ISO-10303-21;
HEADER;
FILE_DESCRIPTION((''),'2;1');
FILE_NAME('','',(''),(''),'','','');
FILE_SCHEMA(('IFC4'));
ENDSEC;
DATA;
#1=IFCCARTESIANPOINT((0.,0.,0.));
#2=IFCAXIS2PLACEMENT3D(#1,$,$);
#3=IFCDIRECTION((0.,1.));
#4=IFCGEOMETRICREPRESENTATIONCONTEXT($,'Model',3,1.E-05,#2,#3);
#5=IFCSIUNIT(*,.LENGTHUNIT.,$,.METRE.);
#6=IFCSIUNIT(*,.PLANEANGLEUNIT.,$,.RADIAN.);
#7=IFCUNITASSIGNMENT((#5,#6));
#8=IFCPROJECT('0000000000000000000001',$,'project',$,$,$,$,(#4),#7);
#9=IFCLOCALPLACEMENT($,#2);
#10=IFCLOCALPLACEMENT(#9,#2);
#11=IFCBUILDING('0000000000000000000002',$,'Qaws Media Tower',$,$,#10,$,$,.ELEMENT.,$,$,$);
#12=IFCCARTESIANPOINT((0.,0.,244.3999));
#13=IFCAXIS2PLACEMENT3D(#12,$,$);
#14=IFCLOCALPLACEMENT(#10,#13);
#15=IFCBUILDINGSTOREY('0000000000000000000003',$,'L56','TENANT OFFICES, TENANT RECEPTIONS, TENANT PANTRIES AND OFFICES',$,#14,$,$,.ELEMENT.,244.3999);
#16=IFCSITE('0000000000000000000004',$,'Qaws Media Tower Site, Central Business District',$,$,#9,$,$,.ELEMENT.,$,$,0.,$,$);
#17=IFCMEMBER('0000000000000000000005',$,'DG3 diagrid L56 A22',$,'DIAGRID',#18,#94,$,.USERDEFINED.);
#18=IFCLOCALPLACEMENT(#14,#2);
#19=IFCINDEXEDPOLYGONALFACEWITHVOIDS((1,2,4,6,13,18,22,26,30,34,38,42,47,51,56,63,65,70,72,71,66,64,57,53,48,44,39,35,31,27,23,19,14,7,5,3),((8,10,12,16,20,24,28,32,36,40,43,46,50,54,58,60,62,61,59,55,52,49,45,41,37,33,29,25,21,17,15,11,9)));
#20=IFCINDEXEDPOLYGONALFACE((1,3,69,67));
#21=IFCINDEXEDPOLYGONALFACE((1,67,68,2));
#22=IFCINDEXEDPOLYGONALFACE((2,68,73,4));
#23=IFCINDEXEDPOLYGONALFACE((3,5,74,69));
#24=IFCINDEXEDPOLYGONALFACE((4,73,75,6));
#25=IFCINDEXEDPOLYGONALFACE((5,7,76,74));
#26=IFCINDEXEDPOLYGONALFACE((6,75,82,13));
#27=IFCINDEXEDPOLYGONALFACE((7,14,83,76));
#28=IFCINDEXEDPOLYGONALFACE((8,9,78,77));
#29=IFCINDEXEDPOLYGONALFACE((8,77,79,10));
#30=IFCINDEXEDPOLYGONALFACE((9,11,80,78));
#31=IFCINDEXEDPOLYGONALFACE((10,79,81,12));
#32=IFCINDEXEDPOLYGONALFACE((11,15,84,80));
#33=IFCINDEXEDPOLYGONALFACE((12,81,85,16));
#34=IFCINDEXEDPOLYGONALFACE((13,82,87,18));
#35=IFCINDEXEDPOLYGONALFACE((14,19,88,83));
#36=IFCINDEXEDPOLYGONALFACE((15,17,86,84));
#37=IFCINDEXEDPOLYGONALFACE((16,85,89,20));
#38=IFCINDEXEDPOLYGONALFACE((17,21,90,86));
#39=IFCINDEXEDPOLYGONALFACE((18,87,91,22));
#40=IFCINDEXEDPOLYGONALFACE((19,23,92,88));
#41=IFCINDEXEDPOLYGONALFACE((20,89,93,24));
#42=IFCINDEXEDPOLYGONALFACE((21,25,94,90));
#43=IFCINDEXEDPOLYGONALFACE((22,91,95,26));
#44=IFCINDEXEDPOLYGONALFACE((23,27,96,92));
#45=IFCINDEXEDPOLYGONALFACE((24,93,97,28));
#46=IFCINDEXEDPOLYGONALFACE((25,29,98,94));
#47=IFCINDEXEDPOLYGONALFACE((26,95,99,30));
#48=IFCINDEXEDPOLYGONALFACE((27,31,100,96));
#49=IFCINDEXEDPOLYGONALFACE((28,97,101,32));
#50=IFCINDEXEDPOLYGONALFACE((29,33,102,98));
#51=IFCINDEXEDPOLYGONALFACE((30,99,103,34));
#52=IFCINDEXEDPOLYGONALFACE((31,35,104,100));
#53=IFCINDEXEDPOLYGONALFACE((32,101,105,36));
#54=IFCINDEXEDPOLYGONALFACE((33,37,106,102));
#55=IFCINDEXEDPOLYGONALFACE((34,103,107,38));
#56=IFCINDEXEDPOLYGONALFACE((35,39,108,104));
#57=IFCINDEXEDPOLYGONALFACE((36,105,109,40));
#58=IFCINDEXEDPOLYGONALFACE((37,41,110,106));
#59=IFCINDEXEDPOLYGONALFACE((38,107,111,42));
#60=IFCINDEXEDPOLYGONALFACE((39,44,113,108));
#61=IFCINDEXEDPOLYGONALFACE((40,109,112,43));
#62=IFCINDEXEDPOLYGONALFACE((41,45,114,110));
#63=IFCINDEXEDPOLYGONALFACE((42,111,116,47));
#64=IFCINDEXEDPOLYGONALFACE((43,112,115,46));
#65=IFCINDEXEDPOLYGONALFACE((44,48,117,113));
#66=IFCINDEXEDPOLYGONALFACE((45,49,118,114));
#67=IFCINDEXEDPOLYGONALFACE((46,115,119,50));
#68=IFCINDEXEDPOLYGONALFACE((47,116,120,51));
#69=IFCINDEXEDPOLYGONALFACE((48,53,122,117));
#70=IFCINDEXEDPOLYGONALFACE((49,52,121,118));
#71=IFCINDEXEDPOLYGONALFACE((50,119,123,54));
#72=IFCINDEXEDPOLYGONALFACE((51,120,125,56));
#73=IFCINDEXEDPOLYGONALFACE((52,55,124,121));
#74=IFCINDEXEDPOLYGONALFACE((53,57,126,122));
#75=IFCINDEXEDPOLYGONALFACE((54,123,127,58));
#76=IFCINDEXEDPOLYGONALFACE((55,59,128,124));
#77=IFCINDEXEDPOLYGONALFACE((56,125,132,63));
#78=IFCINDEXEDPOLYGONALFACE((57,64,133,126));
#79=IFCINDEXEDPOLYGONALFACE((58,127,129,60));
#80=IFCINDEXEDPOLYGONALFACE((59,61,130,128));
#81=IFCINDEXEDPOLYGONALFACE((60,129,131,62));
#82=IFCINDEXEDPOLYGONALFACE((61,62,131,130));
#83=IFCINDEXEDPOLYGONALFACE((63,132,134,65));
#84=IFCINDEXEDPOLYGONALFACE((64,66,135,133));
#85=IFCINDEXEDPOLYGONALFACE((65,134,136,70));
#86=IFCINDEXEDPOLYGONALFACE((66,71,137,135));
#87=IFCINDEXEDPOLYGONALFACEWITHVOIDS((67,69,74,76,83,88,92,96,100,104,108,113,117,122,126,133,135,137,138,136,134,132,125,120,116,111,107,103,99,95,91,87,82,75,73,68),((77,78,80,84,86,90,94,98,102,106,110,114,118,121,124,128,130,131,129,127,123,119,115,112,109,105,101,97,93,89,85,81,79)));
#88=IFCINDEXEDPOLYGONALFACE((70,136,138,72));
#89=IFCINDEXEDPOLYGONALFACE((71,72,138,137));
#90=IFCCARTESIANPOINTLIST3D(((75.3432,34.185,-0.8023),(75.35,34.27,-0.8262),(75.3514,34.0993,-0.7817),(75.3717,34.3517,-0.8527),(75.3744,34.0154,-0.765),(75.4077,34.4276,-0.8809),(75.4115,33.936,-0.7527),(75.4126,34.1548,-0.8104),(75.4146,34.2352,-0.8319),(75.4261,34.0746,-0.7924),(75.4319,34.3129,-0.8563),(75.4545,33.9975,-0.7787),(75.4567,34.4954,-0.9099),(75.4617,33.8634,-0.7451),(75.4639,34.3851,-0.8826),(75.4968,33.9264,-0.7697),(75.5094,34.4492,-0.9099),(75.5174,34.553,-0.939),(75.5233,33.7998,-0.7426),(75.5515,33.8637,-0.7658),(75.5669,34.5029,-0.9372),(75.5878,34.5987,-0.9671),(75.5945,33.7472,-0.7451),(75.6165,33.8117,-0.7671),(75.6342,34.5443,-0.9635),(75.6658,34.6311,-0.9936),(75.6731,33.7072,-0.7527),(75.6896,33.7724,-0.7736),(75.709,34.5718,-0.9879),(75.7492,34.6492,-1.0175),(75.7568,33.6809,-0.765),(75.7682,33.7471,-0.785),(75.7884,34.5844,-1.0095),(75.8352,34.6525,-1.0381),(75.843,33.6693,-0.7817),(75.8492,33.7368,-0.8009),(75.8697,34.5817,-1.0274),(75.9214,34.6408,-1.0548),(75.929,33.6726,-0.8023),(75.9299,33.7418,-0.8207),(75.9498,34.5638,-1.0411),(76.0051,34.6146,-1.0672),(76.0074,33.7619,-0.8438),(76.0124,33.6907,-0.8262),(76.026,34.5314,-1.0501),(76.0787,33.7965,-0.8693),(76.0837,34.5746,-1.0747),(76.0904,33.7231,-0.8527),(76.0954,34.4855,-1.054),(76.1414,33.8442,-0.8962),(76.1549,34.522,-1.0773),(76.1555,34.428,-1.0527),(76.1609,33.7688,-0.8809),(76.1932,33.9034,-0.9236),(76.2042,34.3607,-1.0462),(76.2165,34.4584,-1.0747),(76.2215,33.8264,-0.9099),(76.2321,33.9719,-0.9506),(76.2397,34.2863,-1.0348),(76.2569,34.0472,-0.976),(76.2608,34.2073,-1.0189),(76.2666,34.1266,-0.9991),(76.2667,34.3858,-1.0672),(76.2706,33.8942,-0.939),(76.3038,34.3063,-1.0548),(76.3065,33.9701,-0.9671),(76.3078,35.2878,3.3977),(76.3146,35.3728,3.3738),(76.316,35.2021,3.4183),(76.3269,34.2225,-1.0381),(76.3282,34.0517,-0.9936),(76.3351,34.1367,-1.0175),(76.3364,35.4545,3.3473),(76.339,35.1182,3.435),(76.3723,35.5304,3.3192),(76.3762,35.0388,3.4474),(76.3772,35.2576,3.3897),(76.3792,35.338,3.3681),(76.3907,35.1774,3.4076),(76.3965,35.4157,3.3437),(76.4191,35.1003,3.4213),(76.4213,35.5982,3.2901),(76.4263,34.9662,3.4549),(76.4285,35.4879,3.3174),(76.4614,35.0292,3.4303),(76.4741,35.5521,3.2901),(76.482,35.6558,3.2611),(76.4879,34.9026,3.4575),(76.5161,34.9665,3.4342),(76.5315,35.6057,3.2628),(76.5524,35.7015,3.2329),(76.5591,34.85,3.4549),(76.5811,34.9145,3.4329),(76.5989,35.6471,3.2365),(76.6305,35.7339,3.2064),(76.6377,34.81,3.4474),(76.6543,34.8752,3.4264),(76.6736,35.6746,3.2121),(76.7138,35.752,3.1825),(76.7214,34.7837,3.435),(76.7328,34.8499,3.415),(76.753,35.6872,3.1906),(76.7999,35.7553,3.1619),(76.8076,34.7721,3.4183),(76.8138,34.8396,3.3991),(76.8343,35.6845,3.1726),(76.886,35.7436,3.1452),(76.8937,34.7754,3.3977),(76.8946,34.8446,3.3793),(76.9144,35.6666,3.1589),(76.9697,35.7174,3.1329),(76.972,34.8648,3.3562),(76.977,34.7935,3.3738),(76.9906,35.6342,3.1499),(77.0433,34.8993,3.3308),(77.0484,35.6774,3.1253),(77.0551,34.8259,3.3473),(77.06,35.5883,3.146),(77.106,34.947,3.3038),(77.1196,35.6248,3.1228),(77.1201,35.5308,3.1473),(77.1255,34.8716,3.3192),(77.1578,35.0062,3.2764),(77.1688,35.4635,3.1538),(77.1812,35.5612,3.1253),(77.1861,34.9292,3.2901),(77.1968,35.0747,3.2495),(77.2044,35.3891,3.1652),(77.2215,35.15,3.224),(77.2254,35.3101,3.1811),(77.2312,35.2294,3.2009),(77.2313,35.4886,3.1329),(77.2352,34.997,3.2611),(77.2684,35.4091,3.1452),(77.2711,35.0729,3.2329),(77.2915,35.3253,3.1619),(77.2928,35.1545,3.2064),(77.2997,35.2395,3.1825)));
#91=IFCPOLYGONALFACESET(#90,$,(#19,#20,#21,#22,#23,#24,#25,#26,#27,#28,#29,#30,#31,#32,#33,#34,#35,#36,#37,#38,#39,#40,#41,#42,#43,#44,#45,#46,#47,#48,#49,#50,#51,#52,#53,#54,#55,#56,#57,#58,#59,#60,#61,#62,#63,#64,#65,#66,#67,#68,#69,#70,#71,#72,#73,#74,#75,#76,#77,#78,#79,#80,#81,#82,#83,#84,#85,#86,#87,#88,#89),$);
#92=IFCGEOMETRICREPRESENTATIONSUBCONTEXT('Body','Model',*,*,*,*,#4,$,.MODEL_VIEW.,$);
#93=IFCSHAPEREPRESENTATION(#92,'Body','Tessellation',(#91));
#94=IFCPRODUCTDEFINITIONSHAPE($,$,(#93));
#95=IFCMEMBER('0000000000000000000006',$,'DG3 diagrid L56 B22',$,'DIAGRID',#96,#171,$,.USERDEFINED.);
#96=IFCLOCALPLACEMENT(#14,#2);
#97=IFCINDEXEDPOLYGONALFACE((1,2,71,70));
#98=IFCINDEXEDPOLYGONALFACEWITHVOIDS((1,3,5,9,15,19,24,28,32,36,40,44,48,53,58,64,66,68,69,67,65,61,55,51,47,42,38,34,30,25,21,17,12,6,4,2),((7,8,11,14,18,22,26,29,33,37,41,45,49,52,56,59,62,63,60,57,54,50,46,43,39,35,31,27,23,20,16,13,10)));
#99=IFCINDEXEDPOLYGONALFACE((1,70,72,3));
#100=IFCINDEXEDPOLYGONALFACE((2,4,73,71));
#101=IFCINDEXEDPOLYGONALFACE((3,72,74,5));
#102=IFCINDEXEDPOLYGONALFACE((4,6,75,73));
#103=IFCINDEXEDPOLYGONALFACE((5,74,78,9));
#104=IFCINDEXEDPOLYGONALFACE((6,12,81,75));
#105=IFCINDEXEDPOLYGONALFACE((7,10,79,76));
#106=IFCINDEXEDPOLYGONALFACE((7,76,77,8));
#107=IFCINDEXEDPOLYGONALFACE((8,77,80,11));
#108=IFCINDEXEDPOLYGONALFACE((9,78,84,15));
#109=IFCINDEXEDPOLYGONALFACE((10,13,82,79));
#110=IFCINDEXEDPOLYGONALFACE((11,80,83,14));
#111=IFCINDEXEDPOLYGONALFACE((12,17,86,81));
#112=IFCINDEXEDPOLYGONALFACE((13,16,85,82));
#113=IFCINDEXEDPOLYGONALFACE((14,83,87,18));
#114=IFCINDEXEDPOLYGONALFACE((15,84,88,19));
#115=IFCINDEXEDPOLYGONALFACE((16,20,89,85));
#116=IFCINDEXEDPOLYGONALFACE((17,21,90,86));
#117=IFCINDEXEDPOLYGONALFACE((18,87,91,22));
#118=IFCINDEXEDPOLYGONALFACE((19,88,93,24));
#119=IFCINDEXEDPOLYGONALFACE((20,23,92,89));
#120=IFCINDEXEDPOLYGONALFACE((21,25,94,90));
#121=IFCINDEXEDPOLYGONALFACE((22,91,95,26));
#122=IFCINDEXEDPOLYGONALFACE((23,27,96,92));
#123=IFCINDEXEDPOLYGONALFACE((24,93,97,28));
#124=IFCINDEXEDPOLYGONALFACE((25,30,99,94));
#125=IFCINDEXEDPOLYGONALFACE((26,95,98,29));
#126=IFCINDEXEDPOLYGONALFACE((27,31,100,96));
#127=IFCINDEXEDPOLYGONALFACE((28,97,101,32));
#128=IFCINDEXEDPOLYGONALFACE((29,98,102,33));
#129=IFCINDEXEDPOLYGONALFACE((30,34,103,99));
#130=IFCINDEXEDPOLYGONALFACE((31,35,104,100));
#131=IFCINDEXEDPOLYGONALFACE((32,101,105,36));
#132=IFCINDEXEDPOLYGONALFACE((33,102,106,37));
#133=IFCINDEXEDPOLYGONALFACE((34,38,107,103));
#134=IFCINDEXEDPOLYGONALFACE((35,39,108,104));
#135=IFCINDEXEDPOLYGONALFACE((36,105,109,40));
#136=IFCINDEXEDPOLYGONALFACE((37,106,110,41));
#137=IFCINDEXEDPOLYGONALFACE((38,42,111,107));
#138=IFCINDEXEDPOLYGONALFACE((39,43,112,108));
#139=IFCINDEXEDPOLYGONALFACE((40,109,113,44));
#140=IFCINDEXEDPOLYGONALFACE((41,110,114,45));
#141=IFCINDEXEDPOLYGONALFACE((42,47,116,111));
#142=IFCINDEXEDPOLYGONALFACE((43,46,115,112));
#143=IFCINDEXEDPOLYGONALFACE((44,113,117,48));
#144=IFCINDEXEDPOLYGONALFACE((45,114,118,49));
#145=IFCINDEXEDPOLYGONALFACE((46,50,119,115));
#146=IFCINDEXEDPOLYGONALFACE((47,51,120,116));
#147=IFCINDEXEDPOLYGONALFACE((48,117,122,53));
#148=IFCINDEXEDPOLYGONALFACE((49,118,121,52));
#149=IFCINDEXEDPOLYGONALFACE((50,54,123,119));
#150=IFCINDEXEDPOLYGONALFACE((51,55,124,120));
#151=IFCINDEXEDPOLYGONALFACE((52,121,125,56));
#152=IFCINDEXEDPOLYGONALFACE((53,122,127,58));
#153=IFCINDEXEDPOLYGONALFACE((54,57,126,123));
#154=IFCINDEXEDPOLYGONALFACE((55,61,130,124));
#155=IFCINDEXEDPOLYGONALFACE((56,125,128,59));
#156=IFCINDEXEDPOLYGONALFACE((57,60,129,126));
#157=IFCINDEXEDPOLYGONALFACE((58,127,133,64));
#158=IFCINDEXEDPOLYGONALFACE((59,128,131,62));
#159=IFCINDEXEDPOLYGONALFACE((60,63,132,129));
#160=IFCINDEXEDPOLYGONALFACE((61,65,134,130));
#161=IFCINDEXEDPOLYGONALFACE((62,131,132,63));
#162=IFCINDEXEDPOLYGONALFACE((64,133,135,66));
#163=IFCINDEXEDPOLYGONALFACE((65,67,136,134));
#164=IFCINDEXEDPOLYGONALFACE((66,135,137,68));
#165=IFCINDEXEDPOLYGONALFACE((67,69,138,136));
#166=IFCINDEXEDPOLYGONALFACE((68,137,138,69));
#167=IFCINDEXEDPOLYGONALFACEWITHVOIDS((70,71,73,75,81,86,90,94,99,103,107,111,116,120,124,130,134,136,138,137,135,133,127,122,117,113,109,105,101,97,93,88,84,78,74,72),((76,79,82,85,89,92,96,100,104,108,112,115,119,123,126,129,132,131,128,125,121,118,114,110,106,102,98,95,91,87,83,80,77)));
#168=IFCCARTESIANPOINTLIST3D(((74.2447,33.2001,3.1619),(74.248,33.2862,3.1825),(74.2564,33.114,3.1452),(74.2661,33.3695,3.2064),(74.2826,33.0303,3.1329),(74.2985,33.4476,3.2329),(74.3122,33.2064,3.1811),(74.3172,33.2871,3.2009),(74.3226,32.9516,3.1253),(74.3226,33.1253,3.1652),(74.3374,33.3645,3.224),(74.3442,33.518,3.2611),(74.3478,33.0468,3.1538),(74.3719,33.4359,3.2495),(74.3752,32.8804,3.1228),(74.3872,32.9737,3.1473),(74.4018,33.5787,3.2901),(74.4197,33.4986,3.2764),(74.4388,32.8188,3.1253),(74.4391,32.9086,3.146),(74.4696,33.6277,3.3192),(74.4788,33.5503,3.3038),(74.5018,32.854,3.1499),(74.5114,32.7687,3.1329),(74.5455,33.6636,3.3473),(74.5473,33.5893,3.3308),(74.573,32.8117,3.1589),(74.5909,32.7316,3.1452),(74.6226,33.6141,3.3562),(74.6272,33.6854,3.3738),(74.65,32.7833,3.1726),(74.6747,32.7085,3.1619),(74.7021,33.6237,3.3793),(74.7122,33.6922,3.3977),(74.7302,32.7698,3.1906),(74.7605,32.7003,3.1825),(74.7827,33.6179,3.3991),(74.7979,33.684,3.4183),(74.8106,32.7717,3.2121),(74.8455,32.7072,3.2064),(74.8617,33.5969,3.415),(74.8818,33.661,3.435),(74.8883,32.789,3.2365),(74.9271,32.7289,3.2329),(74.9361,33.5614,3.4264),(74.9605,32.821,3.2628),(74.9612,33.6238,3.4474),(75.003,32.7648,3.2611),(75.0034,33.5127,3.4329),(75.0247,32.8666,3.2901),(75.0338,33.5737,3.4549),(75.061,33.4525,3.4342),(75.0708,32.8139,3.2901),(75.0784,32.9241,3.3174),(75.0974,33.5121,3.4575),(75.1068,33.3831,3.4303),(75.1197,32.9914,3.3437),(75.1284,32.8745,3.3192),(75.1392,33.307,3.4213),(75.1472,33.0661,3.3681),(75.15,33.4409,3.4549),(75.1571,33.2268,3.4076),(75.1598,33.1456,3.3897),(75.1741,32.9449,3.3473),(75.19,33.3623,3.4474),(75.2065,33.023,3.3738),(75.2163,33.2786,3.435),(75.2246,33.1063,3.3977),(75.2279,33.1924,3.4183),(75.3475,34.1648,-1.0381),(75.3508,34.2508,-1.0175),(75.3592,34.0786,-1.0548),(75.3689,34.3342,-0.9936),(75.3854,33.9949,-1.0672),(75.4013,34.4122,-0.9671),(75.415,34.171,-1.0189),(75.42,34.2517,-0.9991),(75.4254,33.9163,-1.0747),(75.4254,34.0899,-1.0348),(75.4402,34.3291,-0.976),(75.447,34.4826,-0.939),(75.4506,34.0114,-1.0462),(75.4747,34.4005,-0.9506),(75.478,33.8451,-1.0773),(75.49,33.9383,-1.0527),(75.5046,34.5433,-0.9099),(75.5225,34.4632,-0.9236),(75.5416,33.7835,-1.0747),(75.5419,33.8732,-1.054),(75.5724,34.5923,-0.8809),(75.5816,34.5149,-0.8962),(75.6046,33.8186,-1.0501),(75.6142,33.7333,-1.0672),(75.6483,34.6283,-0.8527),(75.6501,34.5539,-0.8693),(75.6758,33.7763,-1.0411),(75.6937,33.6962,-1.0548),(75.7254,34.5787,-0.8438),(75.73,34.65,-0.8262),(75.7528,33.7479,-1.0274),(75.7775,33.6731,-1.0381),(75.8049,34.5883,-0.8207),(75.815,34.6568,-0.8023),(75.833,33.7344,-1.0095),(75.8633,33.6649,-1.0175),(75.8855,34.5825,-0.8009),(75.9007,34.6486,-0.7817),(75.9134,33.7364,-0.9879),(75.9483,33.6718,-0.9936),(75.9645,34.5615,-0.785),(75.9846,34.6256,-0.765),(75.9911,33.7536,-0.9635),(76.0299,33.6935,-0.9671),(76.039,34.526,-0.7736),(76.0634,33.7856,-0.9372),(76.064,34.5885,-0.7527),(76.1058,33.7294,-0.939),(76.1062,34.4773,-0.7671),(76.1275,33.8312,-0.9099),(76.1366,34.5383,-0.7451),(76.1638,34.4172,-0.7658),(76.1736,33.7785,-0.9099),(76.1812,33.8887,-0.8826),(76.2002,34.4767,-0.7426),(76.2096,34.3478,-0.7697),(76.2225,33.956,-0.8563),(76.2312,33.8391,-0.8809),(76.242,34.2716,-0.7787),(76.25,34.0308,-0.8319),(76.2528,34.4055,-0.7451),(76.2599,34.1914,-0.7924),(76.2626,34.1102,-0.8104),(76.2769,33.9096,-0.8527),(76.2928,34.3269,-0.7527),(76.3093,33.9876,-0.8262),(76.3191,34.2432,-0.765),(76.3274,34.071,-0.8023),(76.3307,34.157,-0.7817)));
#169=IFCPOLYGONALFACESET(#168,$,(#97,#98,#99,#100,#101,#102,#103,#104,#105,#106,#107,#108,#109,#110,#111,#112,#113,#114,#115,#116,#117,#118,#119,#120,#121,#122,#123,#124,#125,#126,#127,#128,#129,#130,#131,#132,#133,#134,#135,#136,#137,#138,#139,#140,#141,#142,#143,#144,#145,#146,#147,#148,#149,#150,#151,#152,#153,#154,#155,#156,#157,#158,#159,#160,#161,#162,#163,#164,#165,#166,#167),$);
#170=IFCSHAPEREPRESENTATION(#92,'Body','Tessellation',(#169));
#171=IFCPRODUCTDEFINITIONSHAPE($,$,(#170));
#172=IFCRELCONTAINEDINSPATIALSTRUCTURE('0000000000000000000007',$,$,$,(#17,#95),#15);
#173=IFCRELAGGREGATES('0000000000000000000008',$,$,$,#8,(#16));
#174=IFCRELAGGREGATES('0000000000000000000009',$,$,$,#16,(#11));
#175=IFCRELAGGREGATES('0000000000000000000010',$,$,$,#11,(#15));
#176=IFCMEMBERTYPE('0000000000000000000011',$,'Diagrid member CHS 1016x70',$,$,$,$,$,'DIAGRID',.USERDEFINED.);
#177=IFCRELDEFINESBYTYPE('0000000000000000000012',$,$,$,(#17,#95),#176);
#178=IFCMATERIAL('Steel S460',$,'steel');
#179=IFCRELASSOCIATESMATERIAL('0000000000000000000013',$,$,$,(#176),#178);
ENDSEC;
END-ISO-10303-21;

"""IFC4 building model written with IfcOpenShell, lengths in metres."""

from ifc_helpers import new_model, si_unit, direction, frame, origin, origin_2d, place, context, subcontext, project, spatial, hollow_circle, extrude, material, material_profile, profile_set, type_object, element, save


model = new_model("IFC4")

# Units and contexts
model_context = context("Model", 3, precision=1e-05, world=origin(), true_north=direction((0.0, 1.0)))
body_context = subcontext(model_context, "Body", "Model", "MODEL_VIEW")
ifc_project = project(units=[si_unit("LENGTHUNIT", "METRE"), si_unit("PLANEANGLEUNIT", "RADIAN")], contexts=[model_context])

# Site, building, storey
site_placement = place(None, origin())
site = spatial("IfcSite", under=ifc_project, at=site_placement, Name="Qaws Media Tower Site, Central Business District", CompositionType="ELEMENT", RefElevation=0.0)
building_placement = place(site_placement, origin())
building = spatial("IfcBuilding", under=site, at=building_placement, Name="Qaws Media Tower", CompositionType="ELEMENT")
storey_placement = place(building_placement, frame((0.0, 0.0, 244.3999)))
storey = spatial("IfcBuildingStorey", under=building, at=storey_placement, Name="L56", Description="TENANT OFFICES, TENANT RECEPTIONS, TENANT PANTRIES AND OFFICES", CompositionType="ELEMENT", Elevation=244.3999)

# Members
ifc_material_1 = material(Name="Steel S460", Category="steel")
ifc_material_profile_1 = material_profile(ifc_material_1, hollow_circle(Radius=0.5081, WallThickness=0.0701, at=origin_2d()), Name="CHS 1016x70")
ifc_profile_set_1 = profile_set([ifc_material_profile_1], Name="Steel S460")
member_type_1 = type_object("IfcMemberType", Name="Diagrid member CHS 1016x70", ElementType="DIAGRID", PredefinedType="USERDEFINED", material=ifc_profile_set_1)
for number, where, z_axis, x_axis, name in (
    (1, (75.8391, 34.1609, -0.9099), (0.216853, 0.247919, 0.944199), (-0.75269, 0.658375, 0.0), "DG3 diagrid L56 A22"),
    (2, (75.8391, 34.1609, -0.9099), (-0.247919, -0.216853, 0.944199), (0.658375, -0.75269, 0.0), "DG3 diagrid L56 B22"),
):
    element("IfcMember", number, at=place(storey_placement, frame(where, z_axis=z_axis, x_axis=x_axis)), inside=storey, type_object=member_type_1, Name=name, ObjectType="DIAGRID", PredefinedType="USERDEFINED", context=body_context, shape_type="SweptSolid", body=[
        extrude(hollow_circle(Radius=0.5081, WallThickness=0.0701, at=origin_2d()), origin(), (0.0, 0.0, 1.0), 4.4482),
    ])

save(model, "model.ifc")
